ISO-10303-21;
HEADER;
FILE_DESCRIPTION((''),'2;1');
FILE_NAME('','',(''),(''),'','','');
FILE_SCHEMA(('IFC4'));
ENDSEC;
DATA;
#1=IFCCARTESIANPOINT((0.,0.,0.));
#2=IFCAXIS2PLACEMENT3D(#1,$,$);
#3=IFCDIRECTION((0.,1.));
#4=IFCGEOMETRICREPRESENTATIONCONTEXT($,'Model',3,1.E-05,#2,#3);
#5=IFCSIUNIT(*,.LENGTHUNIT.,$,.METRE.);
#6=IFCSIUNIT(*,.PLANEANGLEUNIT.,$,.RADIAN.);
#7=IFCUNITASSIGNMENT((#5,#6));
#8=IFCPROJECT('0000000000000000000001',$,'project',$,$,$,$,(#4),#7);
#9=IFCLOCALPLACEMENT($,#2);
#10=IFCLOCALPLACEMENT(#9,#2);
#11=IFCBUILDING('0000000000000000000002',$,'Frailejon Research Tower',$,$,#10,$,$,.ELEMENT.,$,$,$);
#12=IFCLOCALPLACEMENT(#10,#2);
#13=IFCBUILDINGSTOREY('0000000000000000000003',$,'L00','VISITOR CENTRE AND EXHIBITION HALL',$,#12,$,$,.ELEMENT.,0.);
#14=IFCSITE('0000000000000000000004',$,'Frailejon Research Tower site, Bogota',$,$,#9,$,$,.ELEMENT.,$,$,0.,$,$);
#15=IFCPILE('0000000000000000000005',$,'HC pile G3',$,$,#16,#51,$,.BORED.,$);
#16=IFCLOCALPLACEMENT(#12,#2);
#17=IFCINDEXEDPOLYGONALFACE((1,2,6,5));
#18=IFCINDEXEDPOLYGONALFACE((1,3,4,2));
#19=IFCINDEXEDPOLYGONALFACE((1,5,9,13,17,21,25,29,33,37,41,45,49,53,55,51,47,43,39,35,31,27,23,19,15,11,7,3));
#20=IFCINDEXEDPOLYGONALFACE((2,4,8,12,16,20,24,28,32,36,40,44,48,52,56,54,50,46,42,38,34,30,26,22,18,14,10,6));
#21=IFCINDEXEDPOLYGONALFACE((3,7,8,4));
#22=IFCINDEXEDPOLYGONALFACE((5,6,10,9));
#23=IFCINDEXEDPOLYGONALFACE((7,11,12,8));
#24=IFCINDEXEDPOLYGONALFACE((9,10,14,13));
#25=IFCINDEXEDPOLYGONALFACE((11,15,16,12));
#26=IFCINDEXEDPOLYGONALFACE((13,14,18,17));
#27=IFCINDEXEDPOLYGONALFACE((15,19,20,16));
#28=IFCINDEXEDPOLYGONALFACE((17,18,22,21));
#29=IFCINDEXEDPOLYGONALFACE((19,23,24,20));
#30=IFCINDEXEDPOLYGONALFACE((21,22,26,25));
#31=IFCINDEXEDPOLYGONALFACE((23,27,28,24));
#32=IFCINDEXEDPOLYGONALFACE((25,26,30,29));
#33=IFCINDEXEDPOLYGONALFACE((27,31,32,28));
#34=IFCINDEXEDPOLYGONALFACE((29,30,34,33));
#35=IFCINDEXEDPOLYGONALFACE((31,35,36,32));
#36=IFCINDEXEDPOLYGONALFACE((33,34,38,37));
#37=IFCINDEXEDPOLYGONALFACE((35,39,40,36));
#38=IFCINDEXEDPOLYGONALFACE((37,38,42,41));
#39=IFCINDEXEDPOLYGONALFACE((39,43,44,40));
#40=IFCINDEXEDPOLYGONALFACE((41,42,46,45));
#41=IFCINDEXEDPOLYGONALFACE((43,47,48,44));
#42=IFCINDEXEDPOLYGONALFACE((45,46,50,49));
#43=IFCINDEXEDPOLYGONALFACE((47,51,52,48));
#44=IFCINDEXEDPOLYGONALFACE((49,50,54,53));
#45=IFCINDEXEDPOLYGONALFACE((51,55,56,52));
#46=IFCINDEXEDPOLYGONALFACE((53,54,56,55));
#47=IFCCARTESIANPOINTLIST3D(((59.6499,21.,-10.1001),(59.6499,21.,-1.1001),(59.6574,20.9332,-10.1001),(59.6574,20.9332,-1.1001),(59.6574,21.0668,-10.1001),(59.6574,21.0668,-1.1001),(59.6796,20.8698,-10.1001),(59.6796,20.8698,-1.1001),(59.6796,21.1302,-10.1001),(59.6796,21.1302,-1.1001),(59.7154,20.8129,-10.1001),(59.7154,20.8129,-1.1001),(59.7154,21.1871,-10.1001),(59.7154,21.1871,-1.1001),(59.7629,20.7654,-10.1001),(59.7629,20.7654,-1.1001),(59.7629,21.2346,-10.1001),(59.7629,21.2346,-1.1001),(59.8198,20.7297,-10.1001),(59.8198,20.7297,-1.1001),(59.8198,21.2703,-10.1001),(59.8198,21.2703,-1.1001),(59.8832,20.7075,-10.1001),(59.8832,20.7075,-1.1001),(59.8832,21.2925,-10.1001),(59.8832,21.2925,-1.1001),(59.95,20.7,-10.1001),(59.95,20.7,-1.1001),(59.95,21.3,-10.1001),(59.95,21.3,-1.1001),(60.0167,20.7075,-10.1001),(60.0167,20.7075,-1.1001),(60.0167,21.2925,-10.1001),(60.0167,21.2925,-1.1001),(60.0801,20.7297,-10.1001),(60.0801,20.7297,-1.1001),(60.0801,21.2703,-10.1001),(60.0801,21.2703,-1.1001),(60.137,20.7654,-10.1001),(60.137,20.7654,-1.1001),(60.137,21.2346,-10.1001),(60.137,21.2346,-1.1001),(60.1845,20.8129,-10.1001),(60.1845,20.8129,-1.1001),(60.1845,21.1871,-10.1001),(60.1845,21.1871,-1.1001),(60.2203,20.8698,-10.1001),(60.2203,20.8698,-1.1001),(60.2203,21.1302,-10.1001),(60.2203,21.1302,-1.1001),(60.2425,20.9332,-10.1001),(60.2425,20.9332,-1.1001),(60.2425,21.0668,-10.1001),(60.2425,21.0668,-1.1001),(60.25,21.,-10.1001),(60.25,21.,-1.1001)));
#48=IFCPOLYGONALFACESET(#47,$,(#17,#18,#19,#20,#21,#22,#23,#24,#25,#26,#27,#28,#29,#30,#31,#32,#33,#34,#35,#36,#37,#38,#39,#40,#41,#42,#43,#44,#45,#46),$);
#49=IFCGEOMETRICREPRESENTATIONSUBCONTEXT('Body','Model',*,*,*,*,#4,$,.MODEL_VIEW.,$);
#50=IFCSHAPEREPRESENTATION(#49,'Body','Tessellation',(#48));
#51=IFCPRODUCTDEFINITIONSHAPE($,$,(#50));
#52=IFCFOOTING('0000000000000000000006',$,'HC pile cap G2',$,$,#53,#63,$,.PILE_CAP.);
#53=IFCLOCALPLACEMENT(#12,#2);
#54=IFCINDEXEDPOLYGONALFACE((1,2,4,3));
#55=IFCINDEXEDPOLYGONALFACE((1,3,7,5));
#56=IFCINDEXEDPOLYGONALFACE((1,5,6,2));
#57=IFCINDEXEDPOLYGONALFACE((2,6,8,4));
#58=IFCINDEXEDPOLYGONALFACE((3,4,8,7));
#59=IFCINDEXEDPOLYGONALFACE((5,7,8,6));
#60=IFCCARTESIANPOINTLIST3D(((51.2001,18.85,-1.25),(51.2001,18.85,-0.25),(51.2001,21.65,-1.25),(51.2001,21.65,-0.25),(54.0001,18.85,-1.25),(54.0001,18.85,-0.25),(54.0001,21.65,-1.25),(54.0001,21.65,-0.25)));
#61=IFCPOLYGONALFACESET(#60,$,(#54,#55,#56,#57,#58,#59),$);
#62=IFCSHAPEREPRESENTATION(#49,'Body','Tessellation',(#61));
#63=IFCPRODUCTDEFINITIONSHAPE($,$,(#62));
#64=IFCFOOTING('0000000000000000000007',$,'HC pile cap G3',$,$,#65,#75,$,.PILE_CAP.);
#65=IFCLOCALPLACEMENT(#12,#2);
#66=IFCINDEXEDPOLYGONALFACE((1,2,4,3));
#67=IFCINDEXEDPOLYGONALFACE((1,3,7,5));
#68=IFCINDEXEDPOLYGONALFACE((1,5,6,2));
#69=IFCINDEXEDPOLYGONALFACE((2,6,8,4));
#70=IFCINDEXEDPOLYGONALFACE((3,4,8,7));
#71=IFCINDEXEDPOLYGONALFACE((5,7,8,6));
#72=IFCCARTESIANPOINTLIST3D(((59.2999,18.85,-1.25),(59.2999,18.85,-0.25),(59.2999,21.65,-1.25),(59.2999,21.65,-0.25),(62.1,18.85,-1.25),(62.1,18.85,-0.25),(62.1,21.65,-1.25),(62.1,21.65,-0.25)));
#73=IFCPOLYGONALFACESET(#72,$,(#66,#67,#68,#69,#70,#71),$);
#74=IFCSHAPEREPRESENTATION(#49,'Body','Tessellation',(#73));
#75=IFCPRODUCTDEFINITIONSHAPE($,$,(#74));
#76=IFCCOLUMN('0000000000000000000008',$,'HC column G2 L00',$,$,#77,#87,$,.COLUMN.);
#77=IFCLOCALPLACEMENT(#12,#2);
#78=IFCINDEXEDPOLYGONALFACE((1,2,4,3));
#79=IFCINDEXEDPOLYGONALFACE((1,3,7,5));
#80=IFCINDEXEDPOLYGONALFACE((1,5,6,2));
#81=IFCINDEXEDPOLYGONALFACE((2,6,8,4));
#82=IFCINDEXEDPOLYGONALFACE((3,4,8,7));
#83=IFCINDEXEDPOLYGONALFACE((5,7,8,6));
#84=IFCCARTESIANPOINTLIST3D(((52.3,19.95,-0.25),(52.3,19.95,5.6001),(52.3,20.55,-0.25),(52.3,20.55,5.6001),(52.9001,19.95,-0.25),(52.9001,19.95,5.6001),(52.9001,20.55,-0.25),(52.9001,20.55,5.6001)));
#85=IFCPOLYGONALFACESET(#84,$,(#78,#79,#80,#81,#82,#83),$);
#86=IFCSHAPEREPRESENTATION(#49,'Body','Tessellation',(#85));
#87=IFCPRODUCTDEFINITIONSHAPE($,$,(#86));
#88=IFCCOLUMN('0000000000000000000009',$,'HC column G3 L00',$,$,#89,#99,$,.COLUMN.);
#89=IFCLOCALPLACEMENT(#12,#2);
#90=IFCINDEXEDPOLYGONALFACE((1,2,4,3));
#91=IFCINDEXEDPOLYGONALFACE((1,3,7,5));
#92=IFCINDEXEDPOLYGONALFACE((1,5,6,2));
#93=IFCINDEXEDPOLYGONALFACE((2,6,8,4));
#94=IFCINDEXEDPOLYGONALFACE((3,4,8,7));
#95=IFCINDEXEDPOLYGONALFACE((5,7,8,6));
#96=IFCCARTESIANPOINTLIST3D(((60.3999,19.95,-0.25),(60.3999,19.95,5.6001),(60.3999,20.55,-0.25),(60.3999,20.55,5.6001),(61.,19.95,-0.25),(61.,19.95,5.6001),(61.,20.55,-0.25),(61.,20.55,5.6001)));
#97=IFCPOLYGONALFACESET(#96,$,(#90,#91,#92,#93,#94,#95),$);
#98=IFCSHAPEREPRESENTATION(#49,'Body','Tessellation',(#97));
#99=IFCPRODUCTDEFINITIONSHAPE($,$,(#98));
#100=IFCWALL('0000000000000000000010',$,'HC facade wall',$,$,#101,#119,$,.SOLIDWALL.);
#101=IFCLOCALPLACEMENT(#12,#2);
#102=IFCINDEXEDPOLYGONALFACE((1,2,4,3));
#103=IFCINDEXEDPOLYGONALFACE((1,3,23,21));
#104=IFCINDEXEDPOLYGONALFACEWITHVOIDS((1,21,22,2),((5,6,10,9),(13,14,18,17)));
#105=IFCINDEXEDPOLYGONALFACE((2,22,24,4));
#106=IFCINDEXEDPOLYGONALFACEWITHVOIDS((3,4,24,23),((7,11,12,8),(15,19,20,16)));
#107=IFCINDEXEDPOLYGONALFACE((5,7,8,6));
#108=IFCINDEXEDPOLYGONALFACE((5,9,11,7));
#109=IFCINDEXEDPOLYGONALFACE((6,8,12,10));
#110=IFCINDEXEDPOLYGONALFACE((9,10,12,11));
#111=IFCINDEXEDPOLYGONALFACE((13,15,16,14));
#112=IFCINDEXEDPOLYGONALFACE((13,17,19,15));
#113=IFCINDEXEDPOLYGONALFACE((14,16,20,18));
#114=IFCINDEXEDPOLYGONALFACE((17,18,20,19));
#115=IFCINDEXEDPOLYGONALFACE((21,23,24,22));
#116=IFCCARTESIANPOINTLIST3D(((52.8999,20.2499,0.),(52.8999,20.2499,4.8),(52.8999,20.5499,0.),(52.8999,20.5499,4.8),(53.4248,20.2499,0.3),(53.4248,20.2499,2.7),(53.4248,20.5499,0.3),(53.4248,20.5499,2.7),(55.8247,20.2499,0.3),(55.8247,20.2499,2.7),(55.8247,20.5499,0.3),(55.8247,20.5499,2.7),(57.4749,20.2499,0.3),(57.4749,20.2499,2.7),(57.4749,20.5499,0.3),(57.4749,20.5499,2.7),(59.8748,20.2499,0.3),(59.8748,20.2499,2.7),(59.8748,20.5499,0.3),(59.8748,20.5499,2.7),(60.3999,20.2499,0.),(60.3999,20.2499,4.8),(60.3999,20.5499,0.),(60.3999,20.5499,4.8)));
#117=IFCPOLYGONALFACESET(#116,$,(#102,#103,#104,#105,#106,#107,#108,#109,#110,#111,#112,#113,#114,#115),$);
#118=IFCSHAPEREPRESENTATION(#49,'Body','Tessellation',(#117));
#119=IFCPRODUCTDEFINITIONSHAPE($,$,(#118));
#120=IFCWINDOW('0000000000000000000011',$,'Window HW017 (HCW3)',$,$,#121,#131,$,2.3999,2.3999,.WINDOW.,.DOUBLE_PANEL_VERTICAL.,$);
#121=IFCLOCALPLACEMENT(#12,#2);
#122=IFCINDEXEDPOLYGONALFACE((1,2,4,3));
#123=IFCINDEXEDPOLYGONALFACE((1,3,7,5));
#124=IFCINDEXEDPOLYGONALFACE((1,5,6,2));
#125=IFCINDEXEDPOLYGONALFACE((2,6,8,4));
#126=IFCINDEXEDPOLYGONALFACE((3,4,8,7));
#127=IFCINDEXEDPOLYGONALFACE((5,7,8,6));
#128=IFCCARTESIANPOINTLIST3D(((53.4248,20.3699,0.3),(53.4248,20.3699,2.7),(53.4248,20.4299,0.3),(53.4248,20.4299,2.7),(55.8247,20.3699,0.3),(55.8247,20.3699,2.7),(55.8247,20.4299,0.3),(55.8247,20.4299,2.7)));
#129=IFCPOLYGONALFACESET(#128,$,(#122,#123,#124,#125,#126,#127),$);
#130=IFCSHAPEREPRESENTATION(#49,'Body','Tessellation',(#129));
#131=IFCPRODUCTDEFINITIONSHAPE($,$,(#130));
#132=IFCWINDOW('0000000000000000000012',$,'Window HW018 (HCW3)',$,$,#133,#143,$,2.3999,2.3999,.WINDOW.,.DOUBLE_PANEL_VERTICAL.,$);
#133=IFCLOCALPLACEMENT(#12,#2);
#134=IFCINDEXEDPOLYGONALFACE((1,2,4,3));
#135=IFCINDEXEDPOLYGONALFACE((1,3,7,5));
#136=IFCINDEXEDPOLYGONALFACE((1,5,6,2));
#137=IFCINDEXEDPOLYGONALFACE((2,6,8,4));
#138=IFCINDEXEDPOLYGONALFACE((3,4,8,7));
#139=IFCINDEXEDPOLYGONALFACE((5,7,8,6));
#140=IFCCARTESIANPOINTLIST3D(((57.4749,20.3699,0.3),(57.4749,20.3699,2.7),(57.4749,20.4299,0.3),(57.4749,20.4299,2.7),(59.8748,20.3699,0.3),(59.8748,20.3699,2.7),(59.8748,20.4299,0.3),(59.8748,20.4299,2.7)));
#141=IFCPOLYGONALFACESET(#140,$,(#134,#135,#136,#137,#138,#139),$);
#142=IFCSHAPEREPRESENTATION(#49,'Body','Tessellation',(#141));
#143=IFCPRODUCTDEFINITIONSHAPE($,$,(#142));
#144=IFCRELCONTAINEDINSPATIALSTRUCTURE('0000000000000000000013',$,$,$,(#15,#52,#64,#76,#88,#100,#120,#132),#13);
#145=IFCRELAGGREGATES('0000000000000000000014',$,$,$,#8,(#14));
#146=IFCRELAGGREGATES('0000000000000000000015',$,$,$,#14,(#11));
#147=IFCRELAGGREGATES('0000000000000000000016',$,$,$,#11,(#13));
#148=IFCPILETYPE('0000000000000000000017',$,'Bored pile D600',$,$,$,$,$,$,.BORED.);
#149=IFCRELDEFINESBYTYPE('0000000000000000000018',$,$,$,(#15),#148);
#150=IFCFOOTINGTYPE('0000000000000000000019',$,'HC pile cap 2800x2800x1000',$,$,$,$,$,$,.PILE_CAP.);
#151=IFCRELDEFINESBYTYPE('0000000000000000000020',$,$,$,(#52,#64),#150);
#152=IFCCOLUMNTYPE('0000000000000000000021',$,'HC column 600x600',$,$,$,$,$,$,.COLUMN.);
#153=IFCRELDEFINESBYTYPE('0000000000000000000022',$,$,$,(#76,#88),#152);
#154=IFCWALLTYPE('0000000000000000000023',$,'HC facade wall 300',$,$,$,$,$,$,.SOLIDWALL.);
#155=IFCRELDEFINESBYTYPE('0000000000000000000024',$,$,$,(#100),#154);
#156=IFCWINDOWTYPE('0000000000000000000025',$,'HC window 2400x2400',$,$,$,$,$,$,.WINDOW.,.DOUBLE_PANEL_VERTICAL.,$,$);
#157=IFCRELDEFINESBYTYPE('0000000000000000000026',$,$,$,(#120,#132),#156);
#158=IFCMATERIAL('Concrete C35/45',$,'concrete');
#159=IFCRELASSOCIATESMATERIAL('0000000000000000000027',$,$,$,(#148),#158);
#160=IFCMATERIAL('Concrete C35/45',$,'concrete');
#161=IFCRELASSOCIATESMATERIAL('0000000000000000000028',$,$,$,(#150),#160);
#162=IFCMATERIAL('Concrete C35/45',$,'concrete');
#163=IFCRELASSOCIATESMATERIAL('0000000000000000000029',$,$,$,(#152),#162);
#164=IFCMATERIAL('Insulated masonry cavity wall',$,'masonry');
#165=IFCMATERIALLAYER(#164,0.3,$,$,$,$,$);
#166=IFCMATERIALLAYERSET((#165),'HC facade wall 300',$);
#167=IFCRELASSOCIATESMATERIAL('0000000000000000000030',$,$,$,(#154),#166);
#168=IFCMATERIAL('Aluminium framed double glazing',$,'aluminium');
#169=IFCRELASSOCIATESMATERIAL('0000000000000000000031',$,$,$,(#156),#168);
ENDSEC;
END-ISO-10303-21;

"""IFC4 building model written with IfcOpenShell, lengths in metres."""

from ifc_helpers import new_model, si_unit, direction, frame, frame_2d, origin, origin_2d, place, context, subcontext, project, spatial, rectangle, circle, extrude, material, layer, layer_set, material_profile, profile_set, type_object, element, fill, save


model = new_model("IFC4")

# Units and contexts
model_context = context("Model", 3, precision=1e-05, world=origin(), true_north=direction((0.0, 1.0)))
body_context = subcontext(model_context, "Body", "Model", "MODEL_VIEW")
ifc_project = project(units=[si_unit("LENGTHUNIT", "METRE"), si_unit("PLANEANGLEUNIT", "RADIAN")], contexts=[model_context])

# Site, building, storey
site_placement = place(None, origin())
site = spatial("IfcSite", under=ifc_project, at=site_placement, Name="Frailejon Research Tower site, Bogota", CompositionType="ELEMENT", RefElevation=0.0)
building_placement = place(site_placement, origin())
building = spatial("IfcBuilding", under=site, at=building_placement, Name="Frailejon Research Tower", CompositionType="ELEMENT")
storey_placement = place(building_placement, origin())
storey = spatial("IfcBuildingStorey", under=building, at=storey_placement, Name="L00", Description="VISITOR CENTRE AND EXHIBITION HALL", CompositionType="ELEMENT", Elevation=0.0)

# Pile
ifc_material_1 = material(Name="Concrete C35/45", Category="concrete")
ifc_material_profile_1 = material_profile(ifc_material_1, circle(Radius=0.3, at=origin_2d()), Name="Bored pile D600")
ifc_profile_set_1 = profile_set([ifc_material_profile_1], Name="Concrete C35/45")
pile_type = type_object("IfcPileType", Name="Bored pile D600", PredefinedType="BORED", material=ifc_profile_set_1)
for number, where, z_axis, x_axis, name in (
    (1, (59.95, 21.0, -1.1001), (0.0, 0.0, -1.0), (1.0, 0.0, 0.0), "HC pile G3"),
):
    element("IfcPile", number, at=place(storey_placement, frame(where, z_axis=z_axis, x_axis=x_axis)), inside=storey, type_object=pile_type, Name=name, PredefinedType="BORED", context=body_context, shape_type="SweptSolid", body=[
        extrude(circle(Radius=0.3, at=origin_2d()), origin(), (0.0, 0.0, 1.0), 9.0),
    ])

# Footings
ifc_material_2 = material(Name="Concrete C35/45", Category="concrete")
footing_type = type_object("IfcFootingType", Name="HC pile cap 2800x2800x1000", PredefinedType="PILE_CAP", material=ifc_material_2)
for number, where, z_axis, x_axis, name in (
    (2, (52.6001, 20.25, -1.25), (0.0, 0.0, 1.0), (1.0, 0.0, 0.0), "HC pile cap G2"),
    (3, (60.7, 20.25, -1.25), (0.0, 0.0, 1.0), (1.0, 0.0, 0.0), "HC pile cap G3"),
):
    element("IfcFooting", number, at=place(storey_placement, frame(where, z_axis=z_axis, x_axis=x_axis)), inside=storey, type_object=footing_type, Name=name, PredefinedType="PILE_CAP", context=body_context, shape_type="SweptSolid", body=[
        extrude(rectangle(XDim=2.8, YDim=2.8, at=origin_2d()), origin(), (0.0, 0.0, 1.0), 1.0),
    ])

# Columns
ifc_material_3 = material(Name="Concrete C35/45", Category="concrete")
ifc_material_profile_2 = material_profile(ifc_material_3, rectangle(XDim=0.6001, YDim=0.6001, at=origin_2d()), Name="HC column 600x600")
ifc_profile_set_2 = profile_set([ifc_material_profile_2], Name="Concrete C35/45")
column_type = type_object("IfcColumnType", Name="HC column 600x600", PredefinedType="COLUMN", material=ifc_profile_set_2)
for number, where, z_axis, x_axis, name in (
    (4, (52.6001, 20.25, -0.25), (0.0, 0.0, 1.0), (1.0, 0.0, 0.0), "HC column G2 L00"),
    (5, (60.7, 20.25, -0.25), (0.0, 0.0, 1.0), (1.0, 0.0, 0.0), "HC column G3 L00"),
):
    element("IfcColumn", number, at=place(storey_placement, frame(where, z_axis=z_axis, x_axis=x_axis)), inside=storey, type_object=column_type, Name=name, PredefinedType="COLUMN", context=body_context, shape_type="SweptSolid", body=[
        extrude(rectangle(XDim=0.6001, YDim=0.6001, at=origin_2d()), origin(), (0.0, 0.0, 1.0), 5.8501),
    ])

# Wall, openings, windows
ifc_material_4 = material(Name="Insulated masonry cavity wall", Category="masonry")
ifc_layer_1 = layer(ifc_material_4, 0.3)
ifc_layer_set_1 = layer_set([ifc_layer_1], Name="HC facade wall 300")
wall_type_1 = type_object("IfcWallType", Name="HC facade wall 300", PredefinedType="SOLIDWALL", material=ifc_layer_set_1)
wall_1_placement = place(storey_placement, frame((52.8999, 20.3999, 0.0), z_axis=(0.0, 0.0, 1.0), x_axis=(1.0, 0.0, 0.0)))
wall_1 = element("IfcWall", 6, at=wall_1_placement, inside=storey, type_object=wall_type_1, Name="HC facade wall", PredefinedType="SOLIDWALL", context=body_context, shape_type="SweptSolid", body=[
    extrude(rectangle(XDim=7.5, YDim=0.3, at=frame_2d((3.75, 0.0))), origin(), (0.0, 0.0, 1.0), 4.8),
])
opening_1_placement = place(wall_1_placement, frame((0.5249, 0.0, 0.3)))
opening_1 = element("IfcOpeningElement", 7, at=opening_1_placement, cuts=wall_1, PredefinedType="OPENING", context=body_context, shape_type="SweptSolid", body=[
    extrude(rectangle(XDim=2.3999, YDim=2.3999, at=frame_2d((1.2, 1.2))), frame((0.0, 0.1599, 0.0), z_axis=(0.0, -1.0, 0.0), x_axis=(1.0, 0.0, 0.0)), (0.0, 0.0, 1.0), 0.3201),
])
opening_2_placement = place(wall_1_placement, frame((4.575, 0.0, 0.3)))
opening_2 = element("IfcOpeningElement", 8, at=opening_2_placement, cuts=wall_1, PredefinedType="OPENING", context=body_context, shape_type="SweptSolid", body=[
    extrude(rectangle(XDim=2.3999, YDim=2.3999, at=frame_2d((1.2, 1.2))), frame((0.0, 0.1599, 0.0), z_axis=(0.0, -1.0, 0.0), x_axis=(1.0, 0.0, 0.0)), (0.0, 0.0, 1.0), 0.3201),
])
ifc_material_5 = material(Name="Aluminium framed double glazing", Category="aluminium")
window_type_1 = type_object("IfcWindowType", Name="HC window 2400x2400", PartitioningType="DOUBLE_PANEL_VERTICAL", PredefinedType="WINDOW", material=ifc_material_5)
window_1_placement = place(opening_1_placement, origin())
window_1 = element("IfcWindow", 9, at=window_1_placement, inside=storey, type_object=window_type_1, Name="Window HW017 (HCW3)", OverallHeight=2.3999, OverallWidth=2.3999, PartitioningType="DOUBLE_PANEL_VERTICAL", PredefinedType="WINDOW", context=body_context, shape_type="SweptSolid", body=[
    extrude(rectangle(XDim=2.3999, YDim=2.3999, at=frame_2d((1.2, 1.2))), frame((0.0, 0.03, 0.0), z_axis=(0.0, -1.0, 0.0), x_axis=(1.0, 0.0, 0.0)), (0.0, 0.0, 1.0), 0.0601),
])
fill(opening_1, window_1)
window_2_placement = place(opening_2_placement, origin())
window_2 = element("IfcWindow", 10, at=window_2_placement, inside=storey, type_object=window_type_1, Name="Window HW018 (HCW3)", OverallHeight=2.3999, OverallWidth=2.3999, PartitioningType="DOUBLE_PANEL_VERTICAL", PredefinedType="WINDOW", context=body_context, shape_type="SweptSolid", body=[
    extrude(rectangle(XDim=2.3999, YDim=2.3999, at=frame_2d((1.2, 1.2))), frame((0.0, 0.03, 0.0), z_axis=(0.0, -1.0, 0.0), x_axis=(1.0, 0.0, 0.0)), (0.0, 0.0, 1.0), 0.0601),
])
fill(opening_2, window_2)

save(model, "model.ifc")
